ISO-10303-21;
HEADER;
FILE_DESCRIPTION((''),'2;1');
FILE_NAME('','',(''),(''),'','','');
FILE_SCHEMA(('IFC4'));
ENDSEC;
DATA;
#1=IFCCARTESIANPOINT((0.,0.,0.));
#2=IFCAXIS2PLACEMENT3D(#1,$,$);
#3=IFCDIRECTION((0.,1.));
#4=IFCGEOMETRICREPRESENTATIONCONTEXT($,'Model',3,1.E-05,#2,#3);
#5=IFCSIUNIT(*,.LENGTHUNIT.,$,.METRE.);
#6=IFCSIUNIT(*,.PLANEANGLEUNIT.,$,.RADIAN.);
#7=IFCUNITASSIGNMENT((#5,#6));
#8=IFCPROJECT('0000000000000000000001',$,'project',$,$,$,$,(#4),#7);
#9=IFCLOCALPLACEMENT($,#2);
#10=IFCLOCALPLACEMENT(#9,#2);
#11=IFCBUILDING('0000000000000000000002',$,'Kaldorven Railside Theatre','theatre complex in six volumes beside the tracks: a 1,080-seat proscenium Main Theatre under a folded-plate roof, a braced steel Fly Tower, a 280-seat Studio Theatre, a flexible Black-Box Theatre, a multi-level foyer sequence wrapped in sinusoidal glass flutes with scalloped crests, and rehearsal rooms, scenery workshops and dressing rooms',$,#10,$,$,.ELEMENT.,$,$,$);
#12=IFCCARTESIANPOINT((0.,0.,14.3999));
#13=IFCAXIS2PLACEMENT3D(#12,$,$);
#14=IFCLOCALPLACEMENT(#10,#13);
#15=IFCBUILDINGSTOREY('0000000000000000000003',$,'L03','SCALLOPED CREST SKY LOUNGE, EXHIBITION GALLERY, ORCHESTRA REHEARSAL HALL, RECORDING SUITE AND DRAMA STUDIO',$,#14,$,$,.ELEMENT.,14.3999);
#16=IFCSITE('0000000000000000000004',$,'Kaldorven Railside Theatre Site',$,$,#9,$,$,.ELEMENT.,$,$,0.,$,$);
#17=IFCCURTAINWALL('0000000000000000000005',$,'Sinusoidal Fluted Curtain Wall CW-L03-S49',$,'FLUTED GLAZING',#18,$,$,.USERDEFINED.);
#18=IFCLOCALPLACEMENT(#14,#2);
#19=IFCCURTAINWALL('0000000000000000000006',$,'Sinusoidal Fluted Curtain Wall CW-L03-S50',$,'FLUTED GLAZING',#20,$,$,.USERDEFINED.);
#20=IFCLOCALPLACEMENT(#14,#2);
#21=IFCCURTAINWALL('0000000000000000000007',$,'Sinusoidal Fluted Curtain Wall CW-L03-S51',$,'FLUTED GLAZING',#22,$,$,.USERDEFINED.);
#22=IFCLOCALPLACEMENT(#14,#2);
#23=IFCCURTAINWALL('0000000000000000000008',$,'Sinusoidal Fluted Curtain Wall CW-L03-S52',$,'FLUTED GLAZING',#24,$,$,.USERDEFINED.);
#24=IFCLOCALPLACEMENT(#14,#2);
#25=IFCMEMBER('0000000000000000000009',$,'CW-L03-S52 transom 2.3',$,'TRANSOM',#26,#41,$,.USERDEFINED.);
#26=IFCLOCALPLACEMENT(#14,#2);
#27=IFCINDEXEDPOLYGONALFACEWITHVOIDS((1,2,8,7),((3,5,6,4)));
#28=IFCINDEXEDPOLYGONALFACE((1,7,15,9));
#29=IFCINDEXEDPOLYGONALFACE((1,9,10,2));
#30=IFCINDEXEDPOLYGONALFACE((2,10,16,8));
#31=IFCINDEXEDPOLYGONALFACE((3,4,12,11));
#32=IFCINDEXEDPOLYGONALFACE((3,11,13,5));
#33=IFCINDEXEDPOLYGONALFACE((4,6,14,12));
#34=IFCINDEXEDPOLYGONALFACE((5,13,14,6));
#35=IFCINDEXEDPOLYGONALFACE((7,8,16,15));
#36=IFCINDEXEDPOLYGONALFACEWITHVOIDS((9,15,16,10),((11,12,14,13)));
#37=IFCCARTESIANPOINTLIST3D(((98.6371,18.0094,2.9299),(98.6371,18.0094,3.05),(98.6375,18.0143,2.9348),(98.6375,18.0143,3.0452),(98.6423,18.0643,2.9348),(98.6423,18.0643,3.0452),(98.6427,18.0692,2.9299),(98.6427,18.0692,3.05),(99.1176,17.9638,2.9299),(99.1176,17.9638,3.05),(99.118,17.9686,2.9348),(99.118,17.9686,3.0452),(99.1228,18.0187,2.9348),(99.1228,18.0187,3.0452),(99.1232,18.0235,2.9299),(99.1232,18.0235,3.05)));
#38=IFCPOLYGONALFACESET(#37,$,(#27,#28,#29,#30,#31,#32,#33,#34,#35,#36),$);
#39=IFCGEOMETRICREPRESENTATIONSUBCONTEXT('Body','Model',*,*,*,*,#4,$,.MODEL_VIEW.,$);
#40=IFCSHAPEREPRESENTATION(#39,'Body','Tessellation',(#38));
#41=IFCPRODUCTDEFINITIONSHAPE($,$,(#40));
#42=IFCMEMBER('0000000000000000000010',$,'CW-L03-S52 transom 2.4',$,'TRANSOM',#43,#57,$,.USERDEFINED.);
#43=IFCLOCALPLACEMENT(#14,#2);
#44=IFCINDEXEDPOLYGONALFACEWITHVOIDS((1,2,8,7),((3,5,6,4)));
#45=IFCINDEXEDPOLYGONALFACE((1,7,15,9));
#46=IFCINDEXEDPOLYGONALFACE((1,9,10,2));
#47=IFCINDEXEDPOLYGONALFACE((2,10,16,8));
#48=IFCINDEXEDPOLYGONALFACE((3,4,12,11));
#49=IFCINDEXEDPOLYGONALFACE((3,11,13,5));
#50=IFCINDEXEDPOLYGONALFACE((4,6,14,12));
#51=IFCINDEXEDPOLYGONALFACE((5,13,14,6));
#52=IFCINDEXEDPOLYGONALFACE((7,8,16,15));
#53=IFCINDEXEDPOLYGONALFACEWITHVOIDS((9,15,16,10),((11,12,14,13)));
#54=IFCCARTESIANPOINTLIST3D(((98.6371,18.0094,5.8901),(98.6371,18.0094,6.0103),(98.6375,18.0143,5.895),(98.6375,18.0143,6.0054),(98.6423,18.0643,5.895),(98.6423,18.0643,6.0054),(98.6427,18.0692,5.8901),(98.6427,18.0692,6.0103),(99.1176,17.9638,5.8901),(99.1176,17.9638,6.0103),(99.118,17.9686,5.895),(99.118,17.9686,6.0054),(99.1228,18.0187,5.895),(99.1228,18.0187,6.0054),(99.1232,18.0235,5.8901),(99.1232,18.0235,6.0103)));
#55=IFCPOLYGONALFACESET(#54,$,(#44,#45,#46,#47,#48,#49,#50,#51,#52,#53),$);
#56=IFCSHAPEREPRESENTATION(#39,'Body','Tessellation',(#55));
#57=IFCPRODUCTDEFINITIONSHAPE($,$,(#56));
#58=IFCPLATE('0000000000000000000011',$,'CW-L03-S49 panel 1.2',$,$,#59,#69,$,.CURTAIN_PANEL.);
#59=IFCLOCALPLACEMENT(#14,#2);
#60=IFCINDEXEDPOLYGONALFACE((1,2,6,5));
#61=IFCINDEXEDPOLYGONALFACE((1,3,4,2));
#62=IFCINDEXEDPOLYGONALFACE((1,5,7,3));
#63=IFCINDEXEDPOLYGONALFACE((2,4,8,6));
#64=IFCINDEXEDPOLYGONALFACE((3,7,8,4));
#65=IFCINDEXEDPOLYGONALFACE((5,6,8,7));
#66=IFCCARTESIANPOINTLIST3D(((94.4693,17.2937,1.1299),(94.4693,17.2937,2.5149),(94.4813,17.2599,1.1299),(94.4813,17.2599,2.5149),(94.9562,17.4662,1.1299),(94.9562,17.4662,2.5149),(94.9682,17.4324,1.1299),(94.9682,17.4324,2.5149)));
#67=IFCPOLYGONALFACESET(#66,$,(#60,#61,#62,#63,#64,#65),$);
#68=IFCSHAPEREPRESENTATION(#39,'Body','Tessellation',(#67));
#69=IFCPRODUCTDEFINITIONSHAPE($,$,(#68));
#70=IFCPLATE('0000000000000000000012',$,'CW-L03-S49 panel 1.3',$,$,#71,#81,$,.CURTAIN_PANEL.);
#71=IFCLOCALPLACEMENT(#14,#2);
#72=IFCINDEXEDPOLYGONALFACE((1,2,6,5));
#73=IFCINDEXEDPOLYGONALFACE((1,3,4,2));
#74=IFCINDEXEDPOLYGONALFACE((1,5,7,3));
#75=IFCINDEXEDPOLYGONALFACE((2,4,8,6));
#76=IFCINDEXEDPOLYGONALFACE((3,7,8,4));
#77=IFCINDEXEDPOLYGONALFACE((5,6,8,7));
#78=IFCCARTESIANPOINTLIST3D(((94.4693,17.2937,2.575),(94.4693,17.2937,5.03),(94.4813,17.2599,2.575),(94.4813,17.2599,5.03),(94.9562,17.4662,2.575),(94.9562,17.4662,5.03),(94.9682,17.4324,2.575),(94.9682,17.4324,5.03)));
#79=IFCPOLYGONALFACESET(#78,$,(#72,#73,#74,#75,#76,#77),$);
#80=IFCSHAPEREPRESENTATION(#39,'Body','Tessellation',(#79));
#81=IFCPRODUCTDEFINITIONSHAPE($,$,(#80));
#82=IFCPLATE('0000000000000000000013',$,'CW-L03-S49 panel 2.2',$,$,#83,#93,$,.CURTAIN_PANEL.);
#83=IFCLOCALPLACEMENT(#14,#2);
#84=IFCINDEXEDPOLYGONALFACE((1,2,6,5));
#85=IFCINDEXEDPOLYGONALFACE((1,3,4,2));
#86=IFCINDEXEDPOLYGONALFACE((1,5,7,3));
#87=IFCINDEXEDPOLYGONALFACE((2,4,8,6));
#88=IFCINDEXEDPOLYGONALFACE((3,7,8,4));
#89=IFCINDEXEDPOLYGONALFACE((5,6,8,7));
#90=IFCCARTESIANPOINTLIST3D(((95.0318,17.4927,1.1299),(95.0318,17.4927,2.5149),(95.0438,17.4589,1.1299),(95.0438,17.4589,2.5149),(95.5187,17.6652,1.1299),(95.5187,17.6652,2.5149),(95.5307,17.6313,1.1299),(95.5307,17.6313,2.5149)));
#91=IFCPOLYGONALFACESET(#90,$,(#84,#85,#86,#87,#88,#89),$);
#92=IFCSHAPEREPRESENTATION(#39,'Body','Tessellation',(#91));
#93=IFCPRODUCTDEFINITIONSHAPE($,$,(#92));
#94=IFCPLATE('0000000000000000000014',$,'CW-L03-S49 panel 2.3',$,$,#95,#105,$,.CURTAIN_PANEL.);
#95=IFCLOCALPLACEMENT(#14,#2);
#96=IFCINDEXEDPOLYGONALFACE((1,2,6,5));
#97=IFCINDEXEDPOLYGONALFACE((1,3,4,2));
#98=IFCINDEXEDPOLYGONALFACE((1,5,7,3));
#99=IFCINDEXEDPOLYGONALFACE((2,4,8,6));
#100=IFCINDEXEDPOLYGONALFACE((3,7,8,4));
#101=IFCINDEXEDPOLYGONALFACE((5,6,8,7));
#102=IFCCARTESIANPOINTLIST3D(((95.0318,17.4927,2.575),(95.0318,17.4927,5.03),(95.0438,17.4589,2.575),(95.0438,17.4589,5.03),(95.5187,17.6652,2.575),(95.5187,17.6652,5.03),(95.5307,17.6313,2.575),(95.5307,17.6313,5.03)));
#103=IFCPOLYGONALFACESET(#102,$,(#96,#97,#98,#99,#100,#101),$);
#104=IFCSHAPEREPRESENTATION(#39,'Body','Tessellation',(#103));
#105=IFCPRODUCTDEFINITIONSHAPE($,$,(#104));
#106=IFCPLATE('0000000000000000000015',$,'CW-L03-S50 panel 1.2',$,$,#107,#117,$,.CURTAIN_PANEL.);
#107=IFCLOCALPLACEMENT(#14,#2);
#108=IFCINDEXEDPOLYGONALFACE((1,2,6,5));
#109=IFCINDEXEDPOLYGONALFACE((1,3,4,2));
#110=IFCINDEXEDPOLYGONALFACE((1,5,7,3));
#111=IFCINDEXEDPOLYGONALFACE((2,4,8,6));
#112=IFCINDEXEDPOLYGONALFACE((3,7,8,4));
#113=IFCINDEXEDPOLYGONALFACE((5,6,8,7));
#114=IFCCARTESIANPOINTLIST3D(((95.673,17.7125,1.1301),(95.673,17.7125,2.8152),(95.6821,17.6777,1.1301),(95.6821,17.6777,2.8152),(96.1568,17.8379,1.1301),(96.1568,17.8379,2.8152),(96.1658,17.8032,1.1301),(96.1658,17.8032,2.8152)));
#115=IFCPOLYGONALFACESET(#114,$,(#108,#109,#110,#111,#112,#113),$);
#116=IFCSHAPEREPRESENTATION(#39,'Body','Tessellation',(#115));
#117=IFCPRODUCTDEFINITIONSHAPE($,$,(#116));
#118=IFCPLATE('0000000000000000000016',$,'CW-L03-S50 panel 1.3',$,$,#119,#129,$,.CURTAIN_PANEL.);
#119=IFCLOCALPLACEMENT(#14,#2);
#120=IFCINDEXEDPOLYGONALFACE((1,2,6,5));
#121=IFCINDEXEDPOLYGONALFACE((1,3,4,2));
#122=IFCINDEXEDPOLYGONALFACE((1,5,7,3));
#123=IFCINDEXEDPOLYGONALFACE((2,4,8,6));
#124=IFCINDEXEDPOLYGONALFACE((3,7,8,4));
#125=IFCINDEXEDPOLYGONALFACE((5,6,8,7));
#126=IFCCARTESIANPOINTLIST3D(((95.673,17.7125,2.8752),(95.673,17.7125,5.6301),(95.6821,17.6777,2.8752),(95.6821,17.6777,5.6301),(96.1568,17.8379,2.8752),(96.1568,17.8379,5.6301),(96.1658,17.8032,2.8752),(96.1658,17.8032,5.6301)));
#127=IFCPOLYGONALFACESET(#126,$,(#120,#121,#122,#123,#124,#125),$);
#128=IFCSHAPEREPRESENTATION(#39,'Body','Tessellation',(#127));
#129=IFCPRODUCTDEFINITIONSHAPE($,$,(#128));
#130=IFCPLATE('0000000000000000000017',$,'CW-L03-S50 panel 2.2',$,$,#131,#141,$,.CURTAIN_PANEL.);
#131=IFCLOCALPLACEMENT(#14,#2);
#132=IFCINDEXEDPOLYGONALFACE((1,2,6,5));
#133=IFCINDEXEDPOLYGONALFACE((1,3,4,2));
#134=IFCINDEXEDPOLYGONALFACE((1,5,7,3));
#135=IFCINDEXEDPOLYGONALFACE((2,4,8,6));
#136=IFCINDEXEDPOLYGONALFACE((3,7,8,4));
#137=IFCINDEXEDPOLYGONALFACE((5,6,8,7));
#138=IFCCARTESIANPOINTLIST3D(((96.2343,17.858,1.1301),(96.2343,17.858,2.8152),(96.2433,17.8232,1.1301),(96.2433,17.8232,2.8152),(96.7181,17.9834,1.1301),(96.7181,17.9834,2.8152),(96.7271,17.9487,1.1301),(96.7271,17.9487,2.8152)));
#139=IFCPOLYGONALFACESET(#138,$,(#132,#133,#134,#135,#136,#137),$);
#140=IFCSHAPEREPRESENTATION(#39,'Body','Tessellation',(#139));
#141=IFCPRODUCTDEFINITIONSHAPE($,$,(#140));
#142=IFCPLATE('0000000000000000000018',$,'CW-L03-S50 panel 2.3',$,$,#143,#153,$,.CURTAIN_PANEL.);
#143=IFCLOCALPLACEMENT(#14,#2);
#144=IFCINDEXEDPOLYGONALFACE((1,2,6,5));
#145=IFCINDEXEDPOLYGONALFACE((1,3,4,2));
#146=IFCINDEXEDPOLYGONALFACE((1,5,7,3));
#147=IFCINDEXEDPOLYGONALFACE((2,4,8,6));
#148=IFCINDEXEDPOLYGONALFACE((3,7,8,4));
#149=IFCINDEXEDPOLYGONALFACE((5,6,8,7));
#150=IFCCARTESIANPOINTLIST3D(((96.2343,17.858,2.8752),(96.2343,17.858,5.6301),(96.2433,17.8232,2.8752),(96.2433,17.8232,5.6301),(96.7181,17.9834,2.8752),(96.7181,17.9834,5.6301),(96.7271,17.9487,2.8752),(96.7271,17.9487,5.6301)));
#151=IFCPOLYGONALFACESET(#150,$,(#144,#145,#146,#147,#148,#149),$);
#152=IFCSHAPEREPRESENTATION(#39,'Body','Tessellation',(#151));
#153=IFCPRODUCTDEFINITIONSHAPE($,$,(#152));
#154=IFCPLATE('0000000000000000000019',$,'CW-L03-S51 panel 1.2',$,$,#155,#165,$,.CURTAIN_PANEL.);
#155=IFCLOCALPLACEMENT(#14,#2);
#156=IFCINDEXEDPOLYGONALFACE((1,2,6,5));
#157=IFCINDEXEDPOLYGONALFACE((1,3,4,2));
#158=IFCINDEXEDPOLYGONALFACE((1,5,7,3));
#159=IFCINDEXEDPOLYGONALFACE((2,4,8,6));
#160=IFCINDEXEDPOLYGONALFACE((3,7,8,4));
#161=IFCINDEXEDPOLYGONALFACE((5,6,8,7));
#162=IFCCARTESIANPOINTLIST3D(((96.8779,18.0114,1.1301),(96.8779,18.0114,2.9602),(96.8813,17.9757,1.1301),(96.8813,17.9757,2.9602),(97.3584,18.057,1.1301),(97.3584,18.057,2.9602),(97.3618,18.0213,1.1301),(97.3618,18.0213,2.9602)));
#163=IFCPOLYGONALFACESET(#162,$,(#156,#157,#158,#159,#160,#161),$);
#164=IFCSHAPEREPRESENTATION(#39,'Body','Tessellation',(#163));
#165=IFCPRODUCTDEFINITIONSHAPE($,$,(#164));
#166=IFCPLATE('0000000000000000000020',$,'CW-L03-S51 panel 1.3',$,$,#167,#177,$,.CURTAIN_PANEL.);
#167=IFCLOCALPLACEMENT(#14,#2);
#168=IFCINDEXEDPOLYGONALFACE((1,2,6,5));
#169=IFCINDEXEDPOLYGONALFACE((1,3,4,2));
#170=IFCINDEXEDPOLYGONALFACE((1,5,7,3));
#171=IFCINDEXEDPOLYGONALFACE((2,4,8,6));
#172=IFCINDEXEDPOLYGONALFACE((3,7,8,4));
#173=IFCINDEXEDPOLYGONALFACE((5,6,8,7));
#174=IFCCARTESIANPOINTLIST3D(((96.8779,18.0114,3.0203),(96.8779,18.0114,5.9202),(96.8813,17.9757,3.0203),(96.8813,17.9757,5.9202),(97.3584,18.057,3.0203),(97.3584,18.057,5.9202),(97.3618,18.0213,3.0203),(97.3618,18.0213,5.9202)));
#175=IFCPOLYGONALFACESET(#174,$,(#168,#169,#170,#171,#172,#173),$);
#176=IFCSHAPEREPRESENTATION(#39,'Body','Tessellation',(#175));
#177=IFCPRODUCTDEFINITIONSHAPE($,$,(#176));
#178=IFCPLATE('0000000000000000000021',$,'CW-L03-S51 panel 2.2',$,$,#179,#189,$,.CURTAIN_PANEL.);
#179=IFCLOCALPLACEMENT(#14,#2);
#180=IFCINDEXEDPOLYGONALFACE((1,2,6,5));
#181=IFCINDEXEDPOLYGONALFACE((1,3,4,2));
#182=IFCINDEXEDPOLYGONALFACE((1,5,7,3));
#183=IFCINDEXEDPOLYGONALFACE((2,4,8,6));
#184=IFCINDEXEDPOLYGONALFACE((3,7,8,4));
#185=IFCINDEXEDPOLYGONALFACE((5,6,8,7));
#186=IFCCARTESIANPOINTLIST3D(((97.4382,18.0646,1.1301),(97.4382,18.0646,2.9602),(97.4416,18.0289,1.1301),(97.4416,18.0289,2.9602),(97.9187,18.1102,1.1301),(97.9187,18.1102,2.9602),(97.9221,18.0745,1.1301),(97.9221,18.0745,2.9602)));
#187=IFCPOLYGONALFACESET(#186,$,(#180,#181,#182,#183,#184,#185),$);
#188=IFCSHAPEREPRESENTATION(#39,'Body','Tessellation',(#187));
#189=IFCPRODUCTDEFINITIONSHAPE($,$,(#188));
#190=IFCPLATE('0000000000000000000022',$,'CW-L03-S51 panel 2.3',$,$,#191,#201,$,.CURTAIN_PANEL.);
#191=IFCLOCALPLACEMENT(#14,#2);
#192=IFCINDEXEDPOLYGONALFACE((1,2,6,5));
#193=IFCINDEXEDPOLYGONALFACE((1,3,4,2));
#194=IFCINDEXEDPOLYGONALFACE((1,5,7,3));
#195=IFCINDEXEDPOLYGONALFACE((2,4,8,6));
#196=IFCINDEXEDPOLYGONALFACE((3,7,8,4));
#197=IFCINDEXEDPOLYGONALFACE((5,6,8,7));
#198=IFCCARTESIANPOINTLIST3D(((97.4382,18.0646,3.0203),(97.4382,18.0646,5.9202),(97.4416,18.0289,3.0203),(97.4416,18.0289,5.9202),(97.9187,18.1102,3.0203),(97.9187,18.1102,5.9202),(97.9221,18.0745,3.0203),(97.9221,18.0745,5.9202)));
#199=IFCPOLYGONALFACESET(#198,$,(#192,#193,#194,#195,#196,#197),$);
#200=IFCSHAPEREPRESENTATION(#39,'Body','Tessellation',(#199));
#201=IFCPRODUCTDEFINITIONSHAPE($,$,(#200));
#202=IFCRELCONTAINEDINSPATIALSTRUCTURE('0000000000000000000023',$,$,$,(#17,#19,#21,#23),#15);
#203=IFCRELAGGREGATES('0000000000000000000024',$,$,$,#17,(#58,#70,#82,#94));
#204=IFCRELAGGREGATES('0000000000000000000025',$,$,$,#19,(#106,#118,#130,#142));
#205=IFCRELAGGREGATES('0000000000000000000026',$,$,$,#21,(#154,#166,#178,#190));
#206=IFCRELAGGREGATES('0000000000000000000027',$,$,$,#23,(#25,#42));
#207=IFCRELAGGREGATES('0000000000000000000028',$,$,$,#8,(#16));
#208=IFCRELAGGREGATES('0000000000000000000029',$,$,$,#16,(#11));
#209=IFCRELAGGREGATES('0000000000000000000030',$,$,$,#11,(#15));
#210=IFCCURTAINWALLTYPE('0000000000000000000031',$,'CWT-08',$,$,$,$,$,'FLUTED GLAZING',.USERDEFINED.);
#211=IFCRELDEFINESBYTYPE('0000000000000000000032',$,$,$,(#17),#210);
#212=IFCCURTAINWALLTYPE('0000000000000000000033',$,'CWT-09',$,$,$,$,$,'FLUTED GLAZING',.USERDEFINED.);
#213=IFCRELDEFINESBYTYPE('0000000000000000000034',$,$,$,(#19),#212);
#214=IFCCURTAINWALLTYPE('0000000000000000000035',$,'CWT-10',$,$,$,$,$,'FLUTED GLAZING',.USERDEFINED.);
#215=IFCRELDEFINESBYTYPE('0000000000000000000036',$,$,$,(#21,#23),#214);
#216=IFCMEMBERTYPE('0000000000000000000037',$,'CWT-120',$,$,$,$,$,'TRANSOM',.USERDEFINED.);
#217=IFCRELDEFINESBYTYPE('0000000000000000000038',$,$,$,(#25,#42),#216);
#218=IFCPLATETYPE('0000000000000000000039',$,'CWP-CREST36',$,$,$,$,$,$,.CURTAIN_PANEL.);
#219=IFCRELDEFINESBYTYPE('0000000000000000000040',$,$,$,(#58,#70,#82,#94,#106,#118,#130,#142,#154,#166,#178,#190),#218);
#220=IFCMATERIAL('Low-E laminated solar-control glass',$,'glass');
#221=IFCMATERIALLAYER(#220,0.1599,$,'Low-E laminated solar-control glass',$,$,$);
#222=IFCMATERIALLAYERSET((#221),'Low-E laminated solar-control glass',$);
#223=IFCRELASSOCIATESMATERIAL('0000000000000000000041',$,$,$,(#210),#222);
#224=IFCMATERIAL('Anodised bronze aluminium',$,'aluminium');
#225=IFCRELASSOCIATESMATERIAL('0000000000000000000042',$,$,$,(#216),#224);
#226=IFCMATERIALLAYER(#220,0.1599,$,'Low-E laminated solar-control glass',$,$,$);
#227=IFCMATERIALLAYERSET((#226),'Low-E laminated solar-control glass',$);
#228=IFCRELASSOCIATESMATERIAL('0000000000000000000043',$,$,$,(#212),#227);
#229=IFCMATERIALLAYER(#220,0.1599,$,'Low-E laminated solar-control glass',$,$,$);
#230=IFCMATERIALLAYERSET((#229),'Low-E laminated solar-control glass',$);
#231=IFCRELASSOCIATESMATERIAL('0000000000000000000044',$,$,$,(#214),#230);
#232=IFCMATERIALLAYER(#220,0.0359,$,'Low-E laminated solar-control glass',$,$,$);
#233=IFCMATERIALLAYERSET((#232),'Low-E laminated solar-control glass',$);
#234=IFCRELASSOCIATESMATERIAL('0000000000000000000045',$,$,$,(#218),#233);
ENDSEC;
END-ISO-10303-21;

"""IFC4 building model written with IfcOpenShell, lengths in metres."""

from ifc_helpers import new_model, si_unit, direction, frame, origin, origin_2d, place, context, subcontext, project, spatial, rectangle, hollow_rectangle, extrude, material, layer, layer_set, material_profile, profile_set, type_object, element, aggregate, save


model = new_model("IFC4")

# Units and contexts
model_context = context("Model", 3, precision=1e-05, world=origin(), true_north=direction((0.0, 1.0)))
body_context = subcontext(model_context, "Body", "Model", "MODEL_VIEW")
ifc_project = project(units=[si_unit("LENGTHUNIT", "METRE"), si_unit("PLANEANGLEUNIT", "RADIAN")], contexts=[model_context])

# Site, building, storey
site_placement = place(None, origin())
site = spatial("IfcSite", under=ifc_project, at=site_placement, Name="Kaldorven Railside Theatre Site", CompositionType="ELEMENT", RefElevation=0.0)
building_placement = place(site_placement, origin())
building = spatial("IfcBuilding", under=site, at=building_placement, Name="Kaldorven Railside Theatre", Description="theatre complex in six volumes beside the tracks: a 1,080-seat proscenium Main Theatre under a folded-plate roof, a braced steel Fly Tower, a 280-seat Studio Theatre, a flexible Black-Box Theatre, a multi-level foyer sequence wrapped in sinusoidal glass flutes with scalloped crests, and rehearsal rooms, scenery workshops and dressing rooms", CompositionType="ELEMENT")
storey_placement = place(building_placement, frame((0.0, 0.0, 14.3999)))
storey = spatial("IfcBuildingStorey", under=building, at=storey_placement, Name="L03", Description="SCALLOPED CREST SKY LOUNGE, EXHIBITION GALLERY, ORCHESTRA REHEARSAL HALL, RECORDING SUITE AND DRAMA STUDIO", CompositionType="ELEMENT", Elevation=14.3999)

# Curtain walls, members
ifc_material_1 = material(Name="Low-E laminated solar-control glass", Category="glass")
ifc_layer_1 = layer(ifc_material_1, 0.1599, Name="Low-E laminated solar-control glass")
ifc_layer_set_1 = layer_set([ifc_layer_1], Name="Low-E laminated solar-control glass")
curtain_wall_type_1 = type_object("IfcCurtainWallType", Name="CWT-08", ElementType="FLUTED GLAZING", PredefinedType="USERDEFINED", material=ifc_layer_set_1)
curtain_wall_1_placement = place(storey_placement, origin())
curtain_wall_1 = element("IfcCurtainWall", 1, at=curtain_wall_1_placement, inside=storey, type_object=curtain_wall_type_1, Name="Sinusoidal Fluted Curtain Wall CW-L03-S49", ObjectType="FLUTED GLAZING", PredefinedType="USERDEFINED")
ifc_material_2 = material(Name="Anodised bronze aluminium", Category="aluminium")
ifc_material_profile = material_profile(ifc_material_2, hollow_rectangle(XDim=0.0601, YDim=0.1201, WallThickness=0.0049, at=origin_2d()), Name="RHS 120x60x5")
ifc_profile_set = profile_set([ifc_material_profile], Name="Anodised bronze aluminium")
member_type = type_object("IfcMemberType", Name="CWT-120", ElementType="TRANSOM", PredefinedType="USERDEFINED", material=ifc_profile_set)
ifc_layer_2 = layer(ifc_material_1, 0.1599, Name="Low-E laminated solar-control glass")
ifc_layer_set_2 = layer_set([ifc_layer_2], Name="Low-E laminated solar-control glass")
curtain_wall_type_2 = type_object("IfcCurtainWallType", Name="CWT-09", ElementType="FLUTED GLAZING", PredefinedType="USERDEFINED", material=ifc_layer_set_2)
curtain_wall_2_placement = place(storey_placement, origin())
curtain_wall_2 = element("IfcCurtainWall", 2, at=curtain_wall_2_placement, inside=storey, type_object=curtain_wall_type_2, Name="Sinusoidal Fluted Curtain Wall CW-L03-S50", ObjectType="FLUTED GLAZING", PredefinedType="USERDEFINED")
ifc_layer_3 = layer(ifc_material_1, 0.1599, Name="Low-E laminated solar-control glass")
ifc_layer_set_3 = layer_set([ifc_layer_3], Name="Low-E laminated solar-control glass")
curtain_wall_type_3 = type_object("IfcCurtainWallType", Name="CWT-10", ElementType="FLUTED GLAZING", PredefinedType="USERDEFINED", material=ifc_layer_set_3)
curtain_wall_3_placement = place(storey_placement, origin())
curtain_wall_3 = element("IfcCurtainWall", 3, at=curtain_wall_3_placement, inside=storey, type_object=curtain_wall_type_3, Name="Sinusoidal Fluted Curtain Wall CW-L03-S51", ObjectType="FLUTED GLAZING", PredefinedType="USERDEFINED")
curtain_wall_4_placement = place(storey_placement, origin())
curtain_wall_4 = element("IfcCurtainWall", 4, at=curtain_wall_4_placement, inside=storey, type_object=curtain_wall_type_3, Name="Sinusoidal Fluted Curtain Wall CW-L03-S52", ObjectType="FLUTED GLAZING", PredefinedType="USERDEFINED")
member_1_placement = place(storey_placement, frame((98.6399, 18.0393, 2.99), z_axis=(0.995516, -0.094594, 0.0), x_axis=(0.094594, 0.995516, 0.0)))
member_1 = element("IfcMember", 5, at=member_1_placement, type_object=member_type, Name="CW-L03-S52 transom 2.3", ObjectType="TRANSOM", PredefinedType="USERDEFINED", context=body_context, shape_type="SweptSolid", body=[
    extrude(hollow_rectangle(XDim=0.0601, YDim=0.1201, WallThickness=0.0049, at=origin_2d()), origin(), (0.0, 0.0, 1.0), 0.4827),
])
member_2_placement = place(storey_placement, frame((98.6399, 18.0393, 5.9502), z_axis=(0.995516, -0.094594, 0.0), x_axis=(0.094594, 0.995516, 0.0)))
member_2 = element("IfcMember", 6, at=member_2_placement, type_object=member_type, Name="CW-L03-S52 transom 2.4", ObjectType="TRANSOM", PredefinedType="USERDEFINED", context=body_context, shape_type="SweptSolid", body=[
    extrude(hollow_rectangle(XDim=0.0601, YDim=0.1201, WallThickness=0.0049, at=origin_2d()), origin(), (0.0, 0.0, 1.0), 0.4827),
])

# Plates
ifc_layer_4 = layer(ifc_material_1, 0.0359, Name="Low-E laminated solar-control glass")
ifc_layer_set_4 = layer_set([ifc_layer_4], Name="Low-E laminated solar-control glass")
plate_type = type_object("IfcPlateType", Name="CWP-CREST36", PredefinedType="CURTAIN_PANEL", material=ifc_layer_set_4)
plate_1_placement = place(storey_placement, frame((94.7188, 17.363, 1.1299), z_axis=(0.0, 0.0, 1.0), x_axis=(0.942627, 0.333847, 0.0)))
plate_1 = element("IfcPlate", 7, at=plate_1_placement, type_object=plate_type, Name="CW-L03-S49 panel 1.2", PredefinedType="CURTAIN_PANEL", context=body_context, shape_type="SweptSolid", body=[
    extrude(rectangle(XDim=0.5166, YDim=0.0359, at=origin_2d()), origin(), (0.0, 0.0, 1.0), 1.385),
])
plate_2_placement = place(storey_placement, frame((94.7188, 17.363, 2.575), z_axis=(0.0, 0.0, 1.0), x_axis=(0.942627, 0.333847, 0.0)))
plate_2 = element("IfcPlate", 8, at=plate_2_placement, type_object=plate_type, Name="CW-L03-S49 panel 1.3", PredefinedType="CURTAIN_PANEL", context=body_context, shape_type="SweptSolid", body=[
    extrude(rectangle(XDim=0.5166, YDim=0.0359, at=origin_2d()), origin(), (0.0, 0.0, 1.0), 2.4551),
])
plate_3_placement = place(storey_placement, frame((95.2812, 17.562, 1.1299), z_axis=(0.0, 0.0, 1.0), x_axis=(0.942627, 0.333847, 0.0)))
plate_3 = element("IfcPlate", 9, at=plate_3_placement, type_object=plate_type, Name="CW-L03-S49 panel 2.2", PredefinedType="CURTAIN_PANEL", context=body_context, shape_type="SweptSolid", body=[
    extrude(rectangle(XDim=0.5166, YDim=0.0359, at=origin_2d()), origin(), (0.0, 0.0, 1.0), 1.385),
])
plate_4_placement = place(storey_placement, frame((95.2812, 17.562, 2.575), z_axis=(0.0, 0.0, 1.0), x_axis=(0.942627, 0.333847, 0.0)))
plate_4 = element("IfcPlate", 10, at=plate_4_placement, type_object=plate_type, Name="CW-L03-S49 panel 2.3", PredefinedType="CURTAIN_PANEL", context=body_context, shape_type="SweptSolid", body=[
    extrude(rectangle(XDim=0.5166, YDim=0.0359, at=origin_2d()), origin(), (0.0, 0.0, 1.0), 2.4551),
])
aggregate(curtain_wall_1, [plate_1, plate_2, plate_3, plate_4])
plate_5_placement = place(storey_placement, frame((95.9194, 17.7578, 1.1301), z_axis=(0.0, 0.0, 1.0), x_axis=(0.967999, 0.250954, 0.0)))
plate_5 = element("IfcPlate", 11, at=plate_5_placement, type_object=plate_type, Name="CW-L03-S50 panel 1.2", PredefinedType="CURTAIN_PANEL", context=body_context, shape_type="SweptSolid", body=[
    extrude(rectangle(XDim=0.4998, YDim=0.0359, at=origin_2d()), origin(), (0.0, 0.0, 1.0), 1.6851),
])
plate_6_placement = place(storey_placement, frame((95.9194, 17.7578, 2.8752), z_axis=(0.0, 0.0, 1.0), x_axis=(0.967999, 0.250954, 0.0)))
plate_6 = element("IfcPlate", 12, at=plate_6_placement, type_object=plate_type, Name="CW-L03-S50 panel 1.3", PredefinedType="CURTAIN_PANEL", context=body_context, shape_type="SweptSolid", body=[
    extrude(rectangle(XDim=0.4998, YDim=0.0359, at=origin_2d()), origin(), (0.0, 0.0, 1.0), 2.7549),
])
plate_7_placement = place(storey_placement, frame((96.4807, 17.9033, 1.1301), z_axis=(0.0, 0.0, 1.0), x_axis=(0.967999, 0.250954, 0.0)))
plate_7 = element("IfcPlate", 13, at=plate_7_placement, type_object=plate_type, Name="CW-L03-S50 panel 2.2", PredefinedType="CURTAIN_PANEL", context=body_context, shape_type="SweptSolid", body=[
    extrude(rectangle(XDim=0.4998, YDim=0.0359, at=origin_2d()), origin(), (0.0, 0.0, 1.0), 1.6851),
])
plate_8_placement = place(storey_placement, frame((96.4807, 17.9033, 2.8752), z_axis=(0.0, 0.0, 1.0), x_axis=(0.967999, 0.250954, 0.0)))
plate_8 = element("IfcPlate", 14, at=plate_8_placement, type_object=plate_type, Name="CW-L03-S50 panel 2.3", PredefinedType="CURTAIN_PANEL", context=body_context, shape_type="SweptSolid", body=[
    extrude(rectangle(XDim=0.4998, YDim=0.0359, at=origin_2d()), origin(), (0.0, 0.0, 1.0), 2.7549),
])
aggregate(curtain_wall_2, [plate_5, plate_6, plate_7, plate_8])
plate_9_placement = place(storey_placement, frame((97.1199, 18.0164, 1.1301), z_axis=(0.0, 0.0, 1.0), x_axis=(0.995526, 0.094492, 0.0)))
plate_9 = element("IfcPlate", 15, at=plate_9_placement, type_object=plate_type, Name="CW-L03-S51 panel 1.2", PredefinedType="CURTAIN_PANEL", context=body_context, shape_type="SweptSolid", body=[
    extrude(rectangle(XDim=0.4827, YDim=0.0359, at=origin_2d()), origin(), (0.0, 0.0, 1.0), 1.8301),
])
plate_10_placement = place(storey_placement, frame((97.1199, 18.0164, 3.0203), z_axis=(0.0, 0.0, 1.0), x_axis=(0.995526, 0.094492, 0.0)))
plate_10 = element("IfcPlate", 16, at=plate_10_placement, type_object=plate_type, Name="CW-L03-S51 panel 1.3", PredefinedType="CURTAIN_PANEL", context=body_context, shape_type="SweptSolid", body=[
    extrude(rectangle(XDim=0.4827, YDim=0.0359, at=origin_2d()), origin(), (0.0, 0.0, 1.0), 2.8999),
])
plate_11_placement = place(storey_placement, frame((97.6802, 18.0696, 1.1301), z_axis=(0.0, 0.0, 1.0), x_axis=(0.995526, 0.094492, 0.0)))
plate_11 = element("IfcPlate", 17, at=plate_11_placement, type_object=plate_type, Name="CW-L03-S51 panel 2.2", PredefinedType="CURTAIN_PANEL", context=body_context, shape_type="SweptSolid", body=[
    extrude(rectangle(XDim=0.4827, YDim=0.0359, at=origin_2d()), origin(), (0.0, 0.0, 1.0), 1.8301),
])
plate_12_placement = place(storey_placement, frame((97.6802, 18.0696, 3.0203), z_axis=(0.0, 0.0, 1.0), x_axis=(0.995526, 0.094492, 0.0)))
plate_12 = element("IfcPlate", 18, at=plate_12_placement, type_object=plate_type, Name="CW-L03-S51 panel 2.3", PredefinedType="CURTAIN_PANEL", context=body_context, shape_type="SweptSolid", body=[
    extrude(rectangle(XDim=0.4827, YDim=0.0359, at=origin_2d()), origin(), (0.0, 0.0, 1.0), 2.8999),
])
aggregate(curtain_wall_3, [plate_9, plate_10, plate_11, plate_12])
aggregate(curtain_wall_4, [member_1, member_2])

save(model, "model.ifc")
